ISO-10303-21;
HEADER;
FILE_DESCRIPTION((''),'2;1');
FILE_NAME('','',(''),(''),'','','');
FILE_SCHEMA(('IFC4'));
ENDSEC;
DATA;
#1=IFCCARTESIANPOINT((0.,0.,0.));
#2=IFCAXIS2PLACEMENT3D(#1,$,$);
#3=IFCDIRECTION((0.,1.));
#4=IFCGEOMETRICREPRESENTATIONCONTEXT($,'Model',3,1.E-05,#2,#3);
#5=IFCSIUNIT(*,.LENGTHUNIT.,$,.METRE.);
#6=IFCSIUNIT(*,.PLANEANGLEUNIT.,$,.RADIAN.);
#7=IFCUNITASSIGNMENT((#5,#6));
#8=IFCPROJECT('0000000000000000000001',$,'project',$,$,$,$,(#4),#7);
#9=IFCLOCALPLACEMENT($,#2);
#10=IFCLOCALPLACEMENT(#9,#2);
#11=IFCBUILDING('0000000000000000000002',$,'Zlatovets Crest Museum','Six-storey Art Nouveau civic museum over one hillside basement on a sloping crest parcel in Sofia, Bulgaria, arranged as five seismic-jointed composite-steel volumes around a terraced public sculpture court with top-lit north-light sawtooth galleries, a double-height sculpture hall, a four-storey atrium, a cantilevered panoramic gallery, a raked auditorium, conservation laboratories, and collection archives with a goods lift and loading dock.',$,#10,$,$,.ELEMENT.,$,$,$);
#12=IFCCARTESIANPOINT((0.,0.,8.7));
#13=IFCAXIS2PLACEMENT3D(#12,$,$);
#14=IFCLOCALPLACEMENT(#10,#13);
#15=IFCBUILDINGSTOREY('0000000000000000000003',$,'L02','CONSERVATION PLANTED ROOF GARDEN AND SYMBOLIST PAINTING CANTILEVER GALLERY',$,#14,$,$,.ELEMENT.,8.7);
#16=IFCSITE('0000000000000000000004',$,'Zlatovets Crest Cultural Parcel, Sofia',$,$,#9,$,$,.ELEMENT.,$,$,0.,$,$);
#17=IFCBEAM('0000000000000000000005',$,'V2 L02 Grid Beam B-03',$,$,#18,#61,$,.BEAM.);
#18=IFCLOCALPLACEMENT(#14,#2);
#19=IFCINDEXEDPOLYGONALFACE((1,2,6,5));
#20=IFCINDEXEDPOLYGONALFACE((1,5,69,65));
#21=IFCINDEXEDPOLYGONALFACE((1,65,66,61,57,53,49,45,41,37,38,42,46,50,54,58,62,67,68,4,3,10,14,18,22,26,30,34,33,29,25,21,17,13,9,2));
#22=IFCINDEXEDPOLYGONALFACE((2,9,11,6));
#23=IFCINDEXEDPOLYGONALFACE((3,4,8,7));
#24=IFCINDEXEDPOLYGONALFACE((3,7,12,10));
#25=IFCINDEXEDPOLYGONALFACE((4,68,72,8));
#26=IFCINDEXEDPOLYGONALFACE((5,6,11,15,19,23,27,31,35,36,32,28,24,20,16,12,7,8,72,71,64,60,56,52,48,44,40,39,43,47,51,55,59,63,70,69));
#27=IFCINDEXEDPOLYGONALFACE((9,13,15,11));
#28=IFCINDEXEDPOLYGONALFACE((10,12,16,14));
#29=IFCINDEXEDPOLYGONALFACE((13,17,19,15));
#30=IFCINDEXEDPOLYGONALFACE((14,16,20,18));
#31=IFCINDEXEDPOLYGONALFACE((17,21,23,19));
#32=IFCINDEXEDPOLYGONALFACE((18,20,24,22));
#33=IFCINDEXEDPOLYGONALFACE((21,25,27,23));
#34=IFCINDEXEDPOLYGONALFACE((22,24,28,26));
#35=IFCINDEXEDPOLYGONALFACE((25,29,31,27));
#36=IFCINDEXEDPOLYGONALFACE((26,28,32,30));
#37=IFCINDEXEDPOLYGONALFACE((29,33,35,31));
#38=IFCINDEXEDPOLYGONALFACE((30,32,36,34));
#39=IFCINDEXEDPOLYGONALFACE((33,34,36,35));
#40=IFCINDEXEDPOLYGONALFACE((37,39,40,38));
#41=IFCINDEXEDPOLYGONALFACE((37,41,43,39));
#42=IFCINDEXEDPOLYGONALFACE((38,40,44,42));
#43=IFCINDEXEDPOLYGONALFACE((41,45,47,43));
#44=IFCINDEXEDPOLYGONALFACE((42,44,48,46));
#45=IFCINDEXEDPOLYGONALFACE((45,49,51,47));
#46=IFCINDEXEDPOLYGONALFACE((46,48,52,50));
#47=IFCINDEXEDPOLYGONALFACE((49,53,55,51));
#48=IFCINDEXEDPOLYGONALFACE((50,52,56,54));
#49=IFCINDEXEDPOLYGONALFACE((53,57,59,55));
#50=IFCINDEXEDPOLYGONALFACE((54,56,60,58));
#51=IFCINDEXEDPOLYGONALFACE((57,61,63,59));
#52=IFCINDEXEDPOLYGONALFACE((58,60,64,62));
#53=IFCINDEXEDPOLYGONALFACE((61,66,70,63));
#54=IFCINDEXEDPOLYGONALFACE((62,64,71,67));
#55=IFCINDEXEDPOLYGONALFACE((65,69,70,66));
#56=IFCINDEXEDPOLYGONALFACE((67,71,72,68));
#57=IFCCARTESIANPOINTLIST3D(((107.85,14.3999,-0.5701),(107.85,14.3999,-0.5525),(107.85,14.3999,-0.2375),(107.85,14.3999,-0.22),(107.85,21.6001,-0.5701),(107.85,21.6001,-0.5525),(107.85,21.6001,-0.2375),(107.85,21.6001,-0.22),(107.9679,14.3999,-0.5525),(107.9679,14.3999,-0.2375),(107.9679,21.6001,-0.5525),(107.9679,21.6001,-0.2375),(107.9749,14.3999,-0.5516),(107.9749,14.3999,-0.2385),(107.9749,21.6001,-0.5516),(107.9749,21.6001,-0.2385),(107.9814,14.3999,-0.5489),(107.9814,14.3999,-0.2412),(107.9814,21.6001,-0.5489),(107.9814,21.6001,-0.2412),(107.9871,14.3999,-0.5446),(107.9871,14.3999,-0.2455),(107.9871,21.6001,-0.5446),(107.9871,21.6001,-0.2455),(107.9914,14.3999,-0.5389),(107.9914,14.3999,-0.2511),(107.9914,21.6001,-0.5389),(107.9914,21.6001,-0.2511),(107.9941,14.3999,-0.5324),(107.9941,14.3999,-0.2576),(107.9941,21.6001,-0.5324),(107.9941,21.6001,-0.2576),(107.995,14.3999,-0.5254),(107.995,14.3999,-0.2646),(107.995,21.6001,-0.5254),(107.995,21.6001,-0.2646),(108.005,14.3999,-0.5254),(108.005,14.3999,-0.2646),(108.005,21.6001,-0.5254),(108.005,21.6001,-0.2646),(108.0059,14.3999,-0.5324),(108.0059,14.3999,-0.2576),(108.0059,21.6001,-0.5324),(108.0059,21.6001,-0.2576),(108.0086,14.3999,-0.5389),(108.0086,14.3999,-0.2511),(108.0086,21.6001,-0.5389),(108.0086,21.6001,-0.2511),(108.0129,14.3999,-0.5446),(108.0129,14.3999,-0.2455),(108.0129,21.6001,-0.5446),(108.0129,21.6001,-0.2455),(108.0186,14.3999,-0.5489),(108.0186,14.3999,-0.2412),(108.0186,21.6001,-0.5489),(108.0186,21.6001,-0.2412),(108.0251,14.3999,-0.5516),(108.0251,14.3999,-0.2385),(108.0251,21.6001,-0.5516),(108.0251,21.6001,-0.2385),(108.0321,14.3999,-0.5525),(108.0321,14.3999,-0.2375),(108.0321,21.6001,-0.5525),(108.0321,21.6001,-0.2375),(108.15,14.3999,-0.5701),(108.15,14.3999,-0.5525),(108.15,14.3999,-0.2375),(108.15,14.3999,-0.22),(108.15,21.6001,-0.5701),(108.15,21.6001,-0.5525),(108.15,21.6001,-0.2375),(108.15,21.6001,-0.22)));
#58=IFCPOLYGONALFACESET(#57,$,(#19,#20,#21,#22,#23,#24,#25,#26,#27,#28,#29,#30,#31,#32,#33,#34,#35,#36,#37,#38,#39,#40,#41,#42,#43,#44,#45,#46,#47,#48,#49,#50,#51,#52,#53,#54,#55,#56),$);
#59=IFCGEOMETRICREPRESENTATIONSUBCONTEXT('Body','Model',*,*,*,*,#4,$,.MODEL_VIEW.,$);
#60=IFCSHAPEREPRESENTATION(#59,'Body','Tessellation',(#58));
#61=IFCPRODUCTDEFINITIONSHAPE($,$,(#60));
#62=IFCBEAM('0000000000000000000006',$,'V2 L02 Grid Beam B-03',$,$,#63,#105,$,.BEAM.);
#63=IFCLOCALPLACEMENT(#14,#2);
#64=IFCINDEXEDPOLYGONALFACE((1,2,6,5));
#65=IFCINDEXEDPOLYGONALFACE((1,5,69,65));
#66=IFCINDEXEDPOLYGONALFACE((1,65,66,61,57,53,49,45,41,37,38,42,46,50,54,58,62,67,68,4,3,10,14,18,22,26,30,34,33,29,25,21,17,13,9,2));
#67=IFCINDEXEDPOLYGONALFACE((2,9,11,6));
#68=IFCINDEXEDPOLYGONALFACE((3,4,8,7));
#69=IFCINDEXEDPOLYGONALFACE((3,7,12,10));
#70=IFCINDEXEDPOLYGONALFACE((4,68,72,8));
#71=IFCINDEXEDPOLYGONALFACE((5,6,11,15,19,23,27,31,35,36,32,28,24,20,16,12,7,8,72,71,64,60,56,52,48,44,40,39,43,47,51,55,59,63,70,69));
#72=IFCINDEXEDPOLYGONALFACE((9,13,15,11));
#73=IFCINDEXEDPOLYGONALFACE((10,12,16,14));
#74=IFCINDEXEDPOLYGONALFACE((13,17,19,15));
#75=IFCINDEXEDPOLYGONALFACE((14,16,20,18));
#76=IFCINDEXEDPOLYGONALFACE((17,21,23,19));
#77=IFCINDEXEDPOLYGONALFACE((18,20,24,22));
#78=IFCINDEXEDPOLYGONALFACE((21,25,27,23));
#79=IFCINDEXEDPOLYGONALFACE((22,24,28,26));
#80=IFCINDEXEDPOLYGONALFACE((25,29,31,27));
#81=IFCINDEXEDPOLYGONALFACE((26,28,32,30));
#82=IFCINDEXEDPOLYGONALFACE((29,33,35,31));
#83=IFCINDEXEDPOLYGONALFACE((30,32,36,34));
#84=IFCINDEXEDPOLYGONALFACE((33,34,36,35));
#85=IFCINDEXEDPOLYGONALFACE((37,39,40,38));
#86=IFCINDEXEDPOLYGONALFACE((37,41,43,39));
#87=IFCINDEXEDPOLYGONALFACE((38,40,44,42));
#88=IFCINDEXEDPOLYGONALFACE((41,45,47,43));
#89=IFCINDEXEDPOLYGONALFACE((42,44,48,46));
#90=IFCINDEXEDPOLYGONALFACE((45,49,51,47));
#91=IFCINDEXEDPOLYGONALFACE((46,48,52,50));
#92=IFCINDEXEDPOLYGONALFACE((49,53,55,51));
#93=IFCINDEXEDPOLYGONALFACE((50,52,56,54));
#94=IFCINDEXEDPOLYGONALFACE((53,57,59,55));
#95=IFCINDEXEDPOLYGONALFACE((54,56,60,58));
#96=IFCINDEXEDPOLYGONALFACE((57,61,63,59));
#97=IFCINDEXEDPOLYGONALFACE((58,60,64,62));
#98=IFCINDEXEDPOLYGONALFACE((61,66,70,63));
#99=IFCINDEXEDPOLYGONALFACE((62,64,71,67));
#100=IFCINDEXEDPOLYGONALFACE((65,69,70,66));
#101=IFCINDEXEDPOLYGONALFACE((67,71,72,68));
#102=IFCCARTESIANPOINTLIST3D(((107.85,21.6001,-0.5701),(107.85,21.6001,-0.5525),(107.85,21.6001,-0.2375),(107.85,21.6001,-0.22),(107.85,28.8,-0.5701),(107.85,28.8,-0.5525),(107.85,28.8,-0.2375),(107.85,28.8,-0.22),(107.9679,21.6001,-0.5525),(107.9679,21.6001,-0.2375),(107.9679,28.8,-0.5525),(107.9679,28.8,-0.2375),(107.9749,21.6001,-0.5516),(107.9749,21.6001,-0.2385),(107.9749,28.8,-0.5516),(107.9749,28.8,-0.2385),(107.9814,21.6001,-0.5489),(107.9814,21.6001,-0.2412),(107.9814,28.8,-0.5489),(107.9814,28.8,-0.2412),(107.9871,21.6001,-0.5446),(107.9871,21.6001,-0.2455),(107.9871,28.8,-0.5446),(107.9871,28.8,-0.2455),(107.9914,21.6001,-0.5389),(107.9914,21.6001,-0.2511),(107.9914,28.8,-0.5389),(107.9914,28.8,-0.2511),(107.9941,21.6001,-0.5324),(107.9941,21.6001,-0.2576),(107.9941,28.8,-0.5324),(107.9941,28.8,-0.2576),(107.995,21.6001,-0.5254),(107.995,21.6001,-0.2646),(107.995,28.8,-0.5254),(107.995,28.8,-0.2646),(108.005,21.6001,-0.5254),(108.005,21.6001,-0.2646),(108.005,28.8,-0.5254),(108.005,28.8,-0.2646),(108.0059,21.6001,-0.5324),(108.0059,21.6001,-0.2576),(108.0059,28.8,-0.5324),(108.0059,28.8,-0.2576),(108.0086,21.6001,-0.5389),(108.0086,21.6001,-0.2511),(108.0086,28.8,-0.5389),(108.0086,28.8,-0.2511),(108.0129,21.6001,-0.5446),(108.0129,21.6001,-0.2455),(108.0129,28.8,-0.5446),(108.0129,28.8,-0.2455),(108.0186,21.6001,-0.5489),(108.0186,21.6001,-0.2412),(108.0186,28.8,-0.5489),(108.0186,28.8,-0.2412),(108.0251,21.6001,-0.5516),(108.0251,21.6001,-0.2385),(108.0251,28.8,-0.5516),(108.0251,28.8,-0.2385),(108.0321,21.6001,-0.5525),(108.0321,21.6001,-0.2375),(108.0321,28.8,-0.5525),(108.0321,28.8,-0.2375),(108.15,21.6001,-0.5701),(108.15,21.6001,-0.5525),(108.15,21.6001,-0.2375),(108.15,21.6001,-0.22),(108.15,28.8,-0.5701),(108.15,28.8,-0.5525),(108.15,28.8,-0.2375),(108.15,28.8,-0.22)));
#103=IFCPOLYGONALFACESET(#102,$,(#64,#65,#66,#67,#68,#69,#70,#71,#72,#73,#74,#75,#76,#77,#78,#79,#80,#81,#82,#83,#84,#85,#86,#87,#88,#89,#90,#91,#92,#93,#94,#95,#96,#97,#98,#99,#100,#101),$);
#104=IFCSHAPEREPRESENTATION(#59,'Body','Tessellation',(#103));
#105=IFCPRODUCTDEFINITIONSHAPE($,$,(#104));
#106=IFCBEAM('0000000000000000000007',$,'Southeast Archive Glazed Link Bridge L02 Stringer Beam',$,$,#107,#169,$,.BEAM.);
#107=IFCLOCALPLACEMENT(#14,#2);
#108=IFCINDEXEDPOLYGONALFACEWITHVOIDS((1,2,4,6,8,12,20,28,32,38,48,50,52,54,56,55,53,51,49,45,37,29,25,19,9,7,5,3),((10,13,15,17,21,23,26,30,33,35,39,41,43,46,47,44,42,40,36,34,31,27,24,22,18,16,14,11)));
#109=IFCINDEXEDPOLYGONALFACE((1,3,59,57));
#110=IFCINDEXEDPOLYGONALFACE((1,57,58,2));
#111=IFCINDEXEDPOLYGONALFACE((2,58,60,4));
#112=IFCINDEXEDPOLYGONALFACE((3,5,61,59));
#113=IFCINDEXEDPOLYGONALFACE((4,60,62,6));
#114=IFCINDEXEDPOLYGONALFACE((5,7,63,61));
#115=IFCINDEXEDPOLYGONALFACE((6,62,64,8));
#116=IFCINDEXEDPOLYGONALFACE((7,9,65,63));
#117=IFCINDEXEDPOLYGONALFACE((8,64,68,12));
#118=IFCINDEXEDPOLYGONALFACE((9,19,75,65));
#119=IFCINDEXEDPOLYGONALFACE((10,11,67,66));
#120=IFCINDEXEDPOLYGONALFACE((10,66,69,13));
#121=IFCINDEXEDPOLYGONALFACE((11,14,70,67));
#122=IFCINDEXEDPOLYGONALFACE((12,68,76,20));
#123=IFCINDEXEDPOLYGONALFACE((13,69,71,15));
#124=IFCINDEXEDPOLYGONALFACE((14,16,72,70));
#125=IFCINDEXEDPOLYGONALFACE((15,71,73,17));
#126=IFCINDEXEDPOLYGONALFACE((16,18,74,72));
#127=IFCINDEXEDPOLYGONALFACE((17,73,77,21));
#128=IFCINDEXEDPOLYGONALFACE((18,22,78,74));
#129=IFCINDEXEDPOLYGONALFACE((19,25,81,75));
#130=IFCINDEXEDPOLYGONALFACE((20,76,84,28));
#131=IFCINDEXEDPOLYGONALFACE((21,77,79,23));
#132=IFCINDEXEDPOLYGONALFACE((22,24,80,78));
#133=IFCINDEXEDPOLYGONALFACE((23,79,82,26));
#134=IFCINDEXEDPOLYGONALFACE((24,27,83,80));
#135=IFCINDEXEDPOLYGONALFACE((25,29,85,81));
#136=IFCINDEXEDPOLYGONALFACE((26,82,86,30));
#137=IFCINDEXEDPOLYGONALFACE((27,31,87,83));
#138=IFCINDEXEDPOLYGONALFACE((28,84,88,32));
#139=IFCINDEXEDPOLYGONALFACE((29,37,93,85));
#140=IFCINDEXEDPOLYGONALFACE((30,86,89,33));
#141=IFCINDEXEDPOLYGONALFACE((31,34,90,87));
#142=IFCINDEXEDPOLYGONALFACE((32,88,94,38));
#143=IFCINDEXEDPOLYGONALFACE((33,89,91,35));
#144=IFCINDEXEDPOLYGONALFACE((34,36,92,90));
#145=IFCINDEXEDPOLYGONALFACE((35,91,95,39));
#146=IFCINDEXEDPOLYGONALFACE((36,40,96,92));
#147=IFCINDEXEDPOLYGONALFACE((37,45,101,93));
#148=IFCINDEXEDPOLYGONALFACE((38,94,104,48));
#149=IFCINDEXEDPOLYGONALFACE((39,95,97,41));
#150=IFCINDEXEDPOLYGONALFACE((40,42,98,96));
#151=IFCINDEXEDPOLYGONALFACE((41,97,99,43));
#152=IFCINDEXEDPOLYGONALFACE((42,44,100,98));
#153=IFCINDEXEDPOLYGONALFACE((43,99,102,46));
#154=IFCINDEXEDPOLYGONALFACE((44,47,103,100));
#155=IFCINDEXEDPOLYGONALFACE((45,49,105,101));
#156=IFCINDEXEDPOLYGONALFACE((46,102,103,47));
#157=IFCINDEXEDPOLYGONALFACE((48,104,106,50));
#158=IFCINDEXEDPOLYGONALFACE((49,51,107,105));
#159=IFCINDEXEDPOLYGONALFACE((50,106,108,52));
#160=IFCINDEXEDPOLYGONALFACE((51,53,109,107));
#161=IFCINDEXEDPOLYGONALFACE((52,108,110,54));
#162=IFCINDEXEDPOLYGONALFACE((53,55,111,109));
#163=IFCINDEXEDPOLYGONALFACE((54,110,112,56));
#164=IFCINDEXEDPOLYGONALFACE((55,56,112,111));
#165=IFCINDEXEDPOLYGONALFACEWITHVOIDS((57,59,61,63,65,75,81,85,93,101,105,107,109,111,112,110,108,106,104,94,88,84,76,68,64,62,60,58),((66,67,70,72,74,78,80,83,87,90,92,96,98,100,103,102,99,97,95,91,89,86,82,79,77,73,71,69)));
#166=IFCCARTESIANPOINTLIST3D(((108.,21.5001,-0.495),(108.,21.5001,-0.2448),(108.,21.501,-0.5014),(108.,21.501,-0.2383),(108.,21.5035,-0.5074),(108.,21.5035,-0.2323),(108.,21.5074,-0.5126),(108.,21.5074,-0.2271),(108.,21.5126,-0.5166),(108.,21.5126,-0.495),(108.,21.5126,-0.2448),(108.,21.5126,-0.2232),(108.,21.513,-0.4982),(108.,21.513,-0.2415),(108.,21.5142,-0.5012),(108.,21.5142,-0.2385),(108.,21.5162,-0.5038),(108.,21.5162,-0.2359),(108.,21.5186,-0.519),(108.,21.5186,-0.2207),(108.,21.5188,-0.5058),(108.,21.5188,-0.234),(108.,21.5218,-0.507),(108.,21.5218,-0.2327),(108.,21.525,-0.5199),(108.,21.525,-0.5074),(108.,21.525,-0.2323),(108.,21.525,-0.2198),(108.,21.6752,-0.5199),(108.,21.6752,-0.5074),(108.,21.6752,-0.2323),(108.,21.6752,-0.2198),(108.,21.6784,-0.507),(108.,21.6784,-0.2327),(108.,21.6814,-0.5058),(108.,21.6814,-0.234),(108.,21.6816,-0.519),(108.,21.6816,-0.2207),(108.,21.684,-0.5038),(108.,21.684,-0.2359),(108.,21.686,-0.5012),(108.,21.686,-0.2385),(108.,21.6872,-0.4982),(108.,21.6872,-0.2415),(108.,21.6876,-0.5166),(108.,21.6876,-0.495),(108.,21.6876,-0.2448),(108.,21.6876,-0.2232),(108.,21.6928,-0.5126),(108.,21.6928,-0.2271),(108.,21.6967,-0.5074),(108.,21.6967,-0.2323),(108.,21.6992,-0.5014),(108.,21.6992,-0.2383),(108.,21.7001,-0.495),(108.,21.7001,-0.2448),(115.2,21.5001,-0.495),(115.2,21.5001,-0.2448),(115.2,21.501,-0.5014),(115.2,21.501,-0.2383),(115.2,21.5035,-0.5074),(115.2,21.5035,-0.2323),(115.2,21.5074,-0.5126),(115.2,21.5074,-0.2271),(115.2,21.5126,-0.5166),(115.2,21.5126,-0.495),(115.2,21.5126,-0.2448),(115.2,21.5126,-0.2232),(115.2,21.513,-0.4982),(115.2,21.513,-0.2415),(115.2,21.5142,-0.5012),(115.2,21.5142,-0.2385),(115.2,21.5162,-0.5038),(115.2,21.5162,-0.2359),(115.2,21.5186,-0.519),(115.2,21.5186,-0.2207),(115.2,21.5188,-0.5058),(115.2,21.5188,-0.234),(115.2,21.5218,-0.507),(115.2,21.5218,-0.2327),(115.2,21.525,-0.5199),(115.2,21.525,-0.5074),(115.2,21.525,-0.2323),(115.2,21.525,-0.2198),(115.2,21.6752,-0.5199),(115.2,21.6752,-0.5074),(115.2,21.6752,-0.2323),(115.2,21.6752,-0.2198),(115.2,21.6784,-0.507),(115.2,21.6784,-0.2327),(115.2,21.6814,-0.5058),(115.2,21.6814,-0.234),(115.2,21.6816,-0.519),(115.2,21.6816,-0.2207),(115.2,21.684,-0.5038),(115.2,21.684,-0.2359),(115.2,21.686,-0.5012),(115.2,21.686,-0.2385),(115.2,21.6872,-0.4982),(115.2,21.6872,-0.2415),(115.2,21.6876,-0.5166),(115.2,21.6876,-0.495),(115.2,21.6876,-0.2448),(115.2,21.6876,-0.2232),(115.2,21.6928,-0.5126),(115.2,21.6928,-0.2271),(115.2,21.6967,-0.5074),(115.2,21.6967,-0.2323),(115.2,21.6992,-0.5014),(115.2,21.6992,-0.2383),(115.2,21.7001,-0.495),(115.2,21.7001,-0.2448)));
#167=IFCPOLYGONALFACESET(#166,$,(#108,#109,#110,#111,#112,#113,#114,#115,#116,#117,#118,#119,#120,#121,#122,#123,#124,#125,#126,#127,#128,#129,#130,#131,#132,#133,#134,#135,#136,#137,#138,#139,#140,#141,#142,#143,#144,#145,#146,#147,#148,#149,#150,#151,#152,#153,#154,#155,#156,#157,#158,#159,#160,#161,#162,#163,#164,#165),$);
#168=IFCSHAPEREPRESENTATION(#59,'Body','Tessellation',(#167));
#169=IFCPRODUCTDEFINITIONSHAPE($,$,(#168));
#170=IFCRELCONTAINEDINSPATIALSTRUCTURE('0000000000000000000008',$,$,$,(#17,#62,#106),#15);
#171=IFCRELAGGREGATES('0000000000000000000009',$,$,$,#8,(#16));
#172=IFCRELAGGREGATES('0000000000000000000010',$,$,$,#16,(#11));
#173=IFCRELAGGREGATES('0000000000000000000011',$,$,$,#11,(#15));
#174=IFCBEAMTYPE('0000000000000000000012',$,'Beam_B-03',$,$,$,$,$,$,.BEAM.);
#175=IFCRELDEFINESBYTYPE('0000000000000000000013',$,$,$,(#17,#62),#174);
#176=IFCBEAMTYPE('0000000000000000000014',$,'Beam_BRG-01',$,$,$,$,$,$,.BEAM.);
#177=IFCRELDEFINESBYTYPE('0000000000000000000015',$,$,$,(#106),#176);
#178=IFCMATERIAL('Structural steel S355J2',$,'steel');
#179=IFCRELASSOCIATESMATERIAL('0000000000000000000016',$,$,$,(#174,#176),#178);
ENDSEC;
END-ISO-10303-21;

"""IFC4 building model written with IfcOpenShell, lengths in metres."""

from ifc_helpers import new_model, si_unit, direction, frame, origin, origin_2d, place, context, subcontext, project, spatial, hollow_rectangle, i_section, extrude, material, material_profile, profile_set, type_object, element, save


model = new_model("IFC4")

# Units and contexts
model_context = context("Model", 3, precision=1e-05, world=origin(), true_north=direction((0.0, 1.0)))
body_context = subcontext(model_context, "Body", "Model", "MODEL_VIEW")
ifc_project = project(units=[si_unit("LENGTHUNIT", "METRE"), si_unit("PLANEANGLEUNIT", "RADIAN")], contexts=[model_context])

# Site, building, storey
site_placement = place(None, origin())
site = spatial("IfcSite", under=ifc_project, at=site_placement, Name="Zlatovets Crest Cultural Parcel, Sofia", CompositionType="ELEMENT", RefElevation=0.0)
building_placement = place(site_placement, origin())
building = spatial("IfcBuilding", under=site, at=building_placement, Name="Zlatovets Crest Museum", Description="Six-storey Art Nouveau civic museum over one hillside basement on a sloping crest parcel in Sofia, Bulgaria, arranged as five seismic-jointed composite-steel volumes around a terraced public sculpture court with top-lit north-light sawtooth galleries, a double-height sculpture hall, a four-storey atrium, a cantilevered panoramic gallery, a raked auditorium, conservation laboratories, and collection archives with a goods lift and loading dock.", CompositionType="ELEMENT")
storey_placement = place(building_placement, frame((0.0, 0.0, 8.7)))
storey = spatial("IfcBuildingStorey", under=building, at=storey_placement, Name="L02", Description="CONSERVATION PLANTED ROOF GARDEN AND SYMBOLIST PAINTING CANTILEVER GALLERY", CompositionType="ELEMENT", Elevation=8.7)

# Shared definitions
ifc_material_1 = material(Name="Structural steel S355J2", Category="steel")

# Beams
ifc_material_profile_1 = material_profile(ifc_material_1, i_section(OverallWidth=0.3, OverallDepth=0.3501, WebThickness=0.01, FlangeThickness=0.0176, FilletRadius=0.0271, at=origin_2d()), Name="HEA 360")
ifc_profile_set_1 = profile_set([ifc_material_profile_1], Name="Structural steel S355J2")
beam_type_1 = type_object("IfcBeamType", Name="Beam_B-03", PredefinedType="BEAM", material=ifc_profile_set_1)
beam_1_placement = place(storey_placement, frame((108.0, 14.3999, -0.395), z_axis=(0.0, 1.0, 0.0), x_axis=(-1.0, 0.0, 0.0)))
element("IfcBeam", 1, at=beam_1_placement, inside=storey, type_object=beam_type_1, Name="V2 L02 Grid Beam B-03", PredefinedType="BEAM", context=body_context, shape_type="SweptSolid", body=[
    extrude(i_section(OverallWidth=0.3, OverallDepth=0.3501, WebThickness=0.01, FlangeThickness=0.0176, FilletRadius=0.0271, at=origin_2d()), origin(), (0.0, 0.0, 1.0), 7.2002),
])
beam_2_placement = place(storey_placement, frame((108.0, 21.6001, -0.395), z_axis=(0.0, 1.0, 0.0), x_axis=(-1.0, 0.0, 0.0)))
element("IfcBeam", 2, at=beam_2_placement, inside=storey, type_object=beam_type_1, Name="V2 L02 Grid Beam B-03", PredefinedType="BEAM", context=body_context, shape_type="SweptSolid", body=[
    extrude(i_section(OverallWidth=0.3, OverallDepth=0.3501, WebThickness=0.01, FlangeThickness=0.0176, FilletRadius=0.0271, at=origin_2d()), origin(), (0.0, 0.0, 1.0), 7.2),
])
ifc_material_profile_2 = material_profile(ifc_material_1, hollow_rectangle(XDim=0.2, YDim=0.3, WallThickness=0.0125, InnerFilletRadius=0.0125, OuterFilletRadius=0.0249, at=origin_2d()), Name="RHS 200x300x12.5")
ifc_profile_set_2 = profile_set([ifc_material_profile_2], Name="Structural steel S355J2")
beam_type_2 = type_object("IfcBeamType", Name="Beam_BRG-01", PredefinedType="BEAM", material=ifc_profile_set_2)
beam_3_placement = place(storey_placement, frame((108.0, 21.6001, -0.3699), z_axis=(1.0, 0.0, 0.0), x_axis=(0.0, 1.0, 0.0)))
element("IfcBeam", 3, at=beam_3_placement, inside=storey, type_object=beam_type_2, Name="Southeast Archive Glazed Link Bridge L02 Stringer Beam", PredefinedType="BEAM", context=body_context, shape_type="SweptSolid", body=[
    extrude(hollow_rectangle(XDim=0.2, YDim=0.3, WallThickness=0.0125, InnerFilletRadius=0.0125, OuterFilletRadius=0.0249, at=origin_2d()), origin(), (0.0, 0.0, 1.0), 7.2),
])

save(model, "model.ifc")
